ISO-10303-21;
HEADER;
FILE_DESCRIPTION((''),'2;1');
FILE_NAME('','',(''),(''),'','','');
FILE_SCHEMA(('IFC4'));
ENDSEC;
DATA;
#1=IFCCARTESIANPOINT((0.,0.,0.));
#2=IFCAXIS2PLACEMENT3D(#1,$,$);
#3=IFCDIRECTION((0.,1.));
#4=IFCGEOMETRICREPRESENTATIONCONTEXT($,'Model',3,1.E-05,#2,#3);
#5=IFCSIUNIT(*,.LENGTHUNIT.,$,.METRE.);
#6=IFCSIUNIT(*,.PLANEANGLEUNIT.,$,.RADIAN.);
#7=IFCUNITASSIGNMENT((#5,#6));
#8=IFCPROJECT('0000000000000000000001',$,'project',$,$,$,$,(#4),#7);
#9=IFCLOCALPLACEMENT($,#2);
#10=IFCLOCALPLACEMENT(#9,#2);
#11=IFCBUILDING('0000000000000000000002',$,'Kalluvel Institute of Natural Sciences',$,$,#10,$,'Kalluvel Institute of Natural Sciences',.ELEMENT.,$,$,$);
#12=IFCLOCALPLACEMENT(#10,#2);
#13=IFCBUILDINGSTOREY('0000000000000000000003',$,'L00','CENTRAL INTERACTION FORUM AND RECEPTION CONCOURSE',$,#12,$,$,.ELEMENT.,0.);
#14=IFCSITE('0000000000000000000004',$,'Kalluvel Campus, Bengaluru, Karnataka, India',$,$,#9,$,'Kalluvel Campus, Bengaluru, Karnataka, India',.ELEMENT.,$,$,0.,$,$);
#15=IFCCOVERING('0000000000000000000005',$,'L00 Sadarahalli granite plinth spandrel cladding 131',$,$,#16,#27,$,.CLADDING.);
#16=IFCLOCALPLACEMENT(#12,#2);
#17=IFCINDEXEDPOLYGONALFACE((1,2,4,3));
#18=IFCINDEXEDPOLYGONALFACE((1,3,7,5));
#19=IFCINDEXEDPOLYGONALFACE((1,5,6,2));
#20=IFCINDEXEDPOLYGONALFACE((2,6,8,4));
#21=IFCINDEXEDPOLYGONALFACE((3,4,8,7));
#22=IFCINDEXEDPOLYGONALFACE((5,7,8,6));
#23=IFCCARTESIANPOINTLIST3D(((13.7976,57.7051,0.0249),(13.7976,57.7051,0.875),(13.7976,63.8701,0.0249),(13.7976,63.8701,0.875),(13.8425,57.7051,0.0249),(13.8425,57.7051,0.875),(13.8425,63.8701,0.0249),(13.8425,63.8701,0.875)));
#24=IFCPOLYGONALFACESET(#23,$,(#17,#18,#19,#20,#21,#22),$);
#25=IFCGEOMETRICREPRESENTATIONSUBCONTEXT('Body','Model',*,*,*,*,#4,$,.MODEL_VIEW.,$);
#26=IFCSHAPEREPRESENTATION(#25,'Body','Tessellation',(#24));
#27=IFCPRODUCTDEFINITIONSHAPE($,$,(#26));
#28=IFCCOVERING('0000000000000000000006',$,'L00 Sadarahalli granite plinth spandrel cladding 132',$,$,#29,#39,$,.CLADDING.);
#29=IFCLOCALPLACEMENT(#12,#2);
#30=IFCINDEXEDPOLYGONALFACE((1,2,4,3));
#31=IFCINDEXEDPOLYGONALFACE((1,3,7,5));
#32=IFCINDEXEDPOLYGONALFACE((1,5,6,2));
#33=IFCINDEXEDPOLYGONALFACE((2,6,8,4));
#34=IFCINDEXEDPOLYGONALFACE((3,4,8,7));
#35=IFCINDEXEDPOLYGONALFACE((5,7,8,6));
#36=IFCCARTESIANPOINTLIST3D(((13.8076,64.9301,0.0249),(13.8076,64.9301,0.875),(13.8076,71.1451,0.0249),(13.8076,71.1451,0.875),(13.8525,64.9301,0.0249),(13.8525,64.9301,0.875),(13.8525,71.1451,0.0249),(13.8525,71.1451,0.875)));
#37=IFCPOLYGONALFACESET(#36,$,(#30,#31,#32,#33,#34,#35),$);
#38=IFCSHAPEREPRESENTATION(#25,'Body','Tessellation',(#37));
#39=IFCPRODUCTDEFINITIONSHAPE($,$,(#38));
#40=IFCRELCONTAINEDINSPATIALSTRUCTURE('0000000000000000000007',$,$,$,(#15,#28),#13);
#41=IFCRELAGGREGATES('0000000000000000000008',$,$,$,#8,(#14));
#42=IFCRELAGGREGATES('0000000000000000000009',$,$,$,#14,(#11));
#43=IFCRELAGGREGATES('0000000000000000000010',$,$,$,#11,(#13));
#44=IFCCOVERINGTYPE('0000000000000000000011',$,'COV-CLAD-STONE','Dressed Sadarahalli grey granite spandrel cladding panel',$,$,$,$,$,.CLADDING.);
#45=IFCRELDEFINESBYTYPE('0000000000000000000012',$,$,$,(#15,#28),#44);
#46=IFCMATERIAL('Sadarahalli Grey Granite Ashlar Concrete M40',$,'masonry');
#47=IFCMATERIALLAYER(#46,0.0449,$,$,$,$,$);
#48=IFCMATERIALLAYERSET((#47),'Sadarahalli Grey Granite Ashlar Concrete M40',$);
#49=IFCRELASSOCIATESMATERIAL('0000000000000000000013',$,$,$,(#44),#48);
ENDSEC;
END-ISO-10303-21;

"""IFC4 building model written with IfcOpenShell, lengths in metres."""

from ifc_helpers import new_model, si_unit, direction, frame, origin, origin_2d, place, context, subcontext, project, spatial, rectangle, extrude, material, layer, layer_set, type_object, element, save


model = new_model("IFC4")

# Units and contexts
model_context = context("Model", 3, precision=1e-05, world=origin(), true_north=direction((0.0, 1.0)))
body_context = subcontext(model_context, "Body", "Model", "MODEL_VIEW")
ifc_project = project(units=[si_unit("LENGTHUNIT", "METRE"), si_unit("PLANEANGLEUNIT", "RADIAN")], contexts=[model_context])

# Site, building, storey
site_placement = place(None, origin())
site = spatial("IfcSite", under=ifc_project, at=site_placement, Name="Kalluvel Campus, Bengaluru, Karnataka, India", LongName="Kalluvel Campus, Bengaluru, Karnataka, India", CompositionType="ELEMENT", RefElevation=0.0)
building_placement = place(site_placement, origin())
building = spatial("IfcBuilding", under=site, at=building_placement, Name="Kalluvel Institute of Natural Sciences", LongName="Kalluvel Institute of Natural Sciences", CompositionType="ELEMENT")
storey_placement = place(building_placement, origin())
storey = spatial("IfcBuildingStorey", under=building, at=storey_placement, Name="L00", Description="CENTRAL INTERACTION FORUM AND RECEPTION CONCOURSE", CompositionType="ELEMENT", Elevation=0.0)

# Shared definitions
ifc_material_1 = material(Name="Sadarahalli Grey Granite Ashlar Concrete M40", Category="masonry")

# Coverings
ifc_layer_1 = layer(ifc_material_1, 0.0449)
ifc_layer_set_1 = layer_set([ifc_layer_1], Name="Sadarahalli Grey Granite Ashlar Concrete M40")
covering_type = type_object("IfcCoveringType", Name="COV-CLAD-STONE", Description="Dressed Sadarahalli grey granite spandrel cladding panel", PredefinedType="CLADDING", material=ifc_layer_set_1)
covering_1_placement = place(storey_placement, frame((13.8201, 60.7876, 0.0249), z_axis=(0.0, 0.0, 1.0), x_axis=(0.0, 1.0, 0.0)))
element("IfcCovering", 1, at=covering_1_placement, inside=storey, type_object=covering_type, Name="L00 Sadarahalli granite plinth spandrel cladding 131", PredefinedType="CLADDING", context=body_context, shape_type="SweptSolid", body=[
    extrude(rectangle(XDim=6.165, YDim=0.0449, at=origin_2d()), origin(), (0.0, 0.0, 1.0), 0.8501),
])
covering_2_placement = place(storey_placement, frame((13.8301, 68.0376, 0.0249), z_axis=(0.0, 0.0, 1.0), x_axis=(0.0, 1.0, 0.0)))
element("IfcCovering", 2, at=covering_2_placement, inside=storey, type_object=covering_type, Name="L00 Sadarahalli granite plinth spandrel cladding 132", PredefinedType="CLADDING", context=body_context, shape_type="SweptSolid", body=[
    extrude(rectangle(XDim=6.2151, YDim=0.0449, at=origin_2d()), origin(), (0.0, 0.0, 1.0), 0.8501),
])

save(model, "model.ifc")
